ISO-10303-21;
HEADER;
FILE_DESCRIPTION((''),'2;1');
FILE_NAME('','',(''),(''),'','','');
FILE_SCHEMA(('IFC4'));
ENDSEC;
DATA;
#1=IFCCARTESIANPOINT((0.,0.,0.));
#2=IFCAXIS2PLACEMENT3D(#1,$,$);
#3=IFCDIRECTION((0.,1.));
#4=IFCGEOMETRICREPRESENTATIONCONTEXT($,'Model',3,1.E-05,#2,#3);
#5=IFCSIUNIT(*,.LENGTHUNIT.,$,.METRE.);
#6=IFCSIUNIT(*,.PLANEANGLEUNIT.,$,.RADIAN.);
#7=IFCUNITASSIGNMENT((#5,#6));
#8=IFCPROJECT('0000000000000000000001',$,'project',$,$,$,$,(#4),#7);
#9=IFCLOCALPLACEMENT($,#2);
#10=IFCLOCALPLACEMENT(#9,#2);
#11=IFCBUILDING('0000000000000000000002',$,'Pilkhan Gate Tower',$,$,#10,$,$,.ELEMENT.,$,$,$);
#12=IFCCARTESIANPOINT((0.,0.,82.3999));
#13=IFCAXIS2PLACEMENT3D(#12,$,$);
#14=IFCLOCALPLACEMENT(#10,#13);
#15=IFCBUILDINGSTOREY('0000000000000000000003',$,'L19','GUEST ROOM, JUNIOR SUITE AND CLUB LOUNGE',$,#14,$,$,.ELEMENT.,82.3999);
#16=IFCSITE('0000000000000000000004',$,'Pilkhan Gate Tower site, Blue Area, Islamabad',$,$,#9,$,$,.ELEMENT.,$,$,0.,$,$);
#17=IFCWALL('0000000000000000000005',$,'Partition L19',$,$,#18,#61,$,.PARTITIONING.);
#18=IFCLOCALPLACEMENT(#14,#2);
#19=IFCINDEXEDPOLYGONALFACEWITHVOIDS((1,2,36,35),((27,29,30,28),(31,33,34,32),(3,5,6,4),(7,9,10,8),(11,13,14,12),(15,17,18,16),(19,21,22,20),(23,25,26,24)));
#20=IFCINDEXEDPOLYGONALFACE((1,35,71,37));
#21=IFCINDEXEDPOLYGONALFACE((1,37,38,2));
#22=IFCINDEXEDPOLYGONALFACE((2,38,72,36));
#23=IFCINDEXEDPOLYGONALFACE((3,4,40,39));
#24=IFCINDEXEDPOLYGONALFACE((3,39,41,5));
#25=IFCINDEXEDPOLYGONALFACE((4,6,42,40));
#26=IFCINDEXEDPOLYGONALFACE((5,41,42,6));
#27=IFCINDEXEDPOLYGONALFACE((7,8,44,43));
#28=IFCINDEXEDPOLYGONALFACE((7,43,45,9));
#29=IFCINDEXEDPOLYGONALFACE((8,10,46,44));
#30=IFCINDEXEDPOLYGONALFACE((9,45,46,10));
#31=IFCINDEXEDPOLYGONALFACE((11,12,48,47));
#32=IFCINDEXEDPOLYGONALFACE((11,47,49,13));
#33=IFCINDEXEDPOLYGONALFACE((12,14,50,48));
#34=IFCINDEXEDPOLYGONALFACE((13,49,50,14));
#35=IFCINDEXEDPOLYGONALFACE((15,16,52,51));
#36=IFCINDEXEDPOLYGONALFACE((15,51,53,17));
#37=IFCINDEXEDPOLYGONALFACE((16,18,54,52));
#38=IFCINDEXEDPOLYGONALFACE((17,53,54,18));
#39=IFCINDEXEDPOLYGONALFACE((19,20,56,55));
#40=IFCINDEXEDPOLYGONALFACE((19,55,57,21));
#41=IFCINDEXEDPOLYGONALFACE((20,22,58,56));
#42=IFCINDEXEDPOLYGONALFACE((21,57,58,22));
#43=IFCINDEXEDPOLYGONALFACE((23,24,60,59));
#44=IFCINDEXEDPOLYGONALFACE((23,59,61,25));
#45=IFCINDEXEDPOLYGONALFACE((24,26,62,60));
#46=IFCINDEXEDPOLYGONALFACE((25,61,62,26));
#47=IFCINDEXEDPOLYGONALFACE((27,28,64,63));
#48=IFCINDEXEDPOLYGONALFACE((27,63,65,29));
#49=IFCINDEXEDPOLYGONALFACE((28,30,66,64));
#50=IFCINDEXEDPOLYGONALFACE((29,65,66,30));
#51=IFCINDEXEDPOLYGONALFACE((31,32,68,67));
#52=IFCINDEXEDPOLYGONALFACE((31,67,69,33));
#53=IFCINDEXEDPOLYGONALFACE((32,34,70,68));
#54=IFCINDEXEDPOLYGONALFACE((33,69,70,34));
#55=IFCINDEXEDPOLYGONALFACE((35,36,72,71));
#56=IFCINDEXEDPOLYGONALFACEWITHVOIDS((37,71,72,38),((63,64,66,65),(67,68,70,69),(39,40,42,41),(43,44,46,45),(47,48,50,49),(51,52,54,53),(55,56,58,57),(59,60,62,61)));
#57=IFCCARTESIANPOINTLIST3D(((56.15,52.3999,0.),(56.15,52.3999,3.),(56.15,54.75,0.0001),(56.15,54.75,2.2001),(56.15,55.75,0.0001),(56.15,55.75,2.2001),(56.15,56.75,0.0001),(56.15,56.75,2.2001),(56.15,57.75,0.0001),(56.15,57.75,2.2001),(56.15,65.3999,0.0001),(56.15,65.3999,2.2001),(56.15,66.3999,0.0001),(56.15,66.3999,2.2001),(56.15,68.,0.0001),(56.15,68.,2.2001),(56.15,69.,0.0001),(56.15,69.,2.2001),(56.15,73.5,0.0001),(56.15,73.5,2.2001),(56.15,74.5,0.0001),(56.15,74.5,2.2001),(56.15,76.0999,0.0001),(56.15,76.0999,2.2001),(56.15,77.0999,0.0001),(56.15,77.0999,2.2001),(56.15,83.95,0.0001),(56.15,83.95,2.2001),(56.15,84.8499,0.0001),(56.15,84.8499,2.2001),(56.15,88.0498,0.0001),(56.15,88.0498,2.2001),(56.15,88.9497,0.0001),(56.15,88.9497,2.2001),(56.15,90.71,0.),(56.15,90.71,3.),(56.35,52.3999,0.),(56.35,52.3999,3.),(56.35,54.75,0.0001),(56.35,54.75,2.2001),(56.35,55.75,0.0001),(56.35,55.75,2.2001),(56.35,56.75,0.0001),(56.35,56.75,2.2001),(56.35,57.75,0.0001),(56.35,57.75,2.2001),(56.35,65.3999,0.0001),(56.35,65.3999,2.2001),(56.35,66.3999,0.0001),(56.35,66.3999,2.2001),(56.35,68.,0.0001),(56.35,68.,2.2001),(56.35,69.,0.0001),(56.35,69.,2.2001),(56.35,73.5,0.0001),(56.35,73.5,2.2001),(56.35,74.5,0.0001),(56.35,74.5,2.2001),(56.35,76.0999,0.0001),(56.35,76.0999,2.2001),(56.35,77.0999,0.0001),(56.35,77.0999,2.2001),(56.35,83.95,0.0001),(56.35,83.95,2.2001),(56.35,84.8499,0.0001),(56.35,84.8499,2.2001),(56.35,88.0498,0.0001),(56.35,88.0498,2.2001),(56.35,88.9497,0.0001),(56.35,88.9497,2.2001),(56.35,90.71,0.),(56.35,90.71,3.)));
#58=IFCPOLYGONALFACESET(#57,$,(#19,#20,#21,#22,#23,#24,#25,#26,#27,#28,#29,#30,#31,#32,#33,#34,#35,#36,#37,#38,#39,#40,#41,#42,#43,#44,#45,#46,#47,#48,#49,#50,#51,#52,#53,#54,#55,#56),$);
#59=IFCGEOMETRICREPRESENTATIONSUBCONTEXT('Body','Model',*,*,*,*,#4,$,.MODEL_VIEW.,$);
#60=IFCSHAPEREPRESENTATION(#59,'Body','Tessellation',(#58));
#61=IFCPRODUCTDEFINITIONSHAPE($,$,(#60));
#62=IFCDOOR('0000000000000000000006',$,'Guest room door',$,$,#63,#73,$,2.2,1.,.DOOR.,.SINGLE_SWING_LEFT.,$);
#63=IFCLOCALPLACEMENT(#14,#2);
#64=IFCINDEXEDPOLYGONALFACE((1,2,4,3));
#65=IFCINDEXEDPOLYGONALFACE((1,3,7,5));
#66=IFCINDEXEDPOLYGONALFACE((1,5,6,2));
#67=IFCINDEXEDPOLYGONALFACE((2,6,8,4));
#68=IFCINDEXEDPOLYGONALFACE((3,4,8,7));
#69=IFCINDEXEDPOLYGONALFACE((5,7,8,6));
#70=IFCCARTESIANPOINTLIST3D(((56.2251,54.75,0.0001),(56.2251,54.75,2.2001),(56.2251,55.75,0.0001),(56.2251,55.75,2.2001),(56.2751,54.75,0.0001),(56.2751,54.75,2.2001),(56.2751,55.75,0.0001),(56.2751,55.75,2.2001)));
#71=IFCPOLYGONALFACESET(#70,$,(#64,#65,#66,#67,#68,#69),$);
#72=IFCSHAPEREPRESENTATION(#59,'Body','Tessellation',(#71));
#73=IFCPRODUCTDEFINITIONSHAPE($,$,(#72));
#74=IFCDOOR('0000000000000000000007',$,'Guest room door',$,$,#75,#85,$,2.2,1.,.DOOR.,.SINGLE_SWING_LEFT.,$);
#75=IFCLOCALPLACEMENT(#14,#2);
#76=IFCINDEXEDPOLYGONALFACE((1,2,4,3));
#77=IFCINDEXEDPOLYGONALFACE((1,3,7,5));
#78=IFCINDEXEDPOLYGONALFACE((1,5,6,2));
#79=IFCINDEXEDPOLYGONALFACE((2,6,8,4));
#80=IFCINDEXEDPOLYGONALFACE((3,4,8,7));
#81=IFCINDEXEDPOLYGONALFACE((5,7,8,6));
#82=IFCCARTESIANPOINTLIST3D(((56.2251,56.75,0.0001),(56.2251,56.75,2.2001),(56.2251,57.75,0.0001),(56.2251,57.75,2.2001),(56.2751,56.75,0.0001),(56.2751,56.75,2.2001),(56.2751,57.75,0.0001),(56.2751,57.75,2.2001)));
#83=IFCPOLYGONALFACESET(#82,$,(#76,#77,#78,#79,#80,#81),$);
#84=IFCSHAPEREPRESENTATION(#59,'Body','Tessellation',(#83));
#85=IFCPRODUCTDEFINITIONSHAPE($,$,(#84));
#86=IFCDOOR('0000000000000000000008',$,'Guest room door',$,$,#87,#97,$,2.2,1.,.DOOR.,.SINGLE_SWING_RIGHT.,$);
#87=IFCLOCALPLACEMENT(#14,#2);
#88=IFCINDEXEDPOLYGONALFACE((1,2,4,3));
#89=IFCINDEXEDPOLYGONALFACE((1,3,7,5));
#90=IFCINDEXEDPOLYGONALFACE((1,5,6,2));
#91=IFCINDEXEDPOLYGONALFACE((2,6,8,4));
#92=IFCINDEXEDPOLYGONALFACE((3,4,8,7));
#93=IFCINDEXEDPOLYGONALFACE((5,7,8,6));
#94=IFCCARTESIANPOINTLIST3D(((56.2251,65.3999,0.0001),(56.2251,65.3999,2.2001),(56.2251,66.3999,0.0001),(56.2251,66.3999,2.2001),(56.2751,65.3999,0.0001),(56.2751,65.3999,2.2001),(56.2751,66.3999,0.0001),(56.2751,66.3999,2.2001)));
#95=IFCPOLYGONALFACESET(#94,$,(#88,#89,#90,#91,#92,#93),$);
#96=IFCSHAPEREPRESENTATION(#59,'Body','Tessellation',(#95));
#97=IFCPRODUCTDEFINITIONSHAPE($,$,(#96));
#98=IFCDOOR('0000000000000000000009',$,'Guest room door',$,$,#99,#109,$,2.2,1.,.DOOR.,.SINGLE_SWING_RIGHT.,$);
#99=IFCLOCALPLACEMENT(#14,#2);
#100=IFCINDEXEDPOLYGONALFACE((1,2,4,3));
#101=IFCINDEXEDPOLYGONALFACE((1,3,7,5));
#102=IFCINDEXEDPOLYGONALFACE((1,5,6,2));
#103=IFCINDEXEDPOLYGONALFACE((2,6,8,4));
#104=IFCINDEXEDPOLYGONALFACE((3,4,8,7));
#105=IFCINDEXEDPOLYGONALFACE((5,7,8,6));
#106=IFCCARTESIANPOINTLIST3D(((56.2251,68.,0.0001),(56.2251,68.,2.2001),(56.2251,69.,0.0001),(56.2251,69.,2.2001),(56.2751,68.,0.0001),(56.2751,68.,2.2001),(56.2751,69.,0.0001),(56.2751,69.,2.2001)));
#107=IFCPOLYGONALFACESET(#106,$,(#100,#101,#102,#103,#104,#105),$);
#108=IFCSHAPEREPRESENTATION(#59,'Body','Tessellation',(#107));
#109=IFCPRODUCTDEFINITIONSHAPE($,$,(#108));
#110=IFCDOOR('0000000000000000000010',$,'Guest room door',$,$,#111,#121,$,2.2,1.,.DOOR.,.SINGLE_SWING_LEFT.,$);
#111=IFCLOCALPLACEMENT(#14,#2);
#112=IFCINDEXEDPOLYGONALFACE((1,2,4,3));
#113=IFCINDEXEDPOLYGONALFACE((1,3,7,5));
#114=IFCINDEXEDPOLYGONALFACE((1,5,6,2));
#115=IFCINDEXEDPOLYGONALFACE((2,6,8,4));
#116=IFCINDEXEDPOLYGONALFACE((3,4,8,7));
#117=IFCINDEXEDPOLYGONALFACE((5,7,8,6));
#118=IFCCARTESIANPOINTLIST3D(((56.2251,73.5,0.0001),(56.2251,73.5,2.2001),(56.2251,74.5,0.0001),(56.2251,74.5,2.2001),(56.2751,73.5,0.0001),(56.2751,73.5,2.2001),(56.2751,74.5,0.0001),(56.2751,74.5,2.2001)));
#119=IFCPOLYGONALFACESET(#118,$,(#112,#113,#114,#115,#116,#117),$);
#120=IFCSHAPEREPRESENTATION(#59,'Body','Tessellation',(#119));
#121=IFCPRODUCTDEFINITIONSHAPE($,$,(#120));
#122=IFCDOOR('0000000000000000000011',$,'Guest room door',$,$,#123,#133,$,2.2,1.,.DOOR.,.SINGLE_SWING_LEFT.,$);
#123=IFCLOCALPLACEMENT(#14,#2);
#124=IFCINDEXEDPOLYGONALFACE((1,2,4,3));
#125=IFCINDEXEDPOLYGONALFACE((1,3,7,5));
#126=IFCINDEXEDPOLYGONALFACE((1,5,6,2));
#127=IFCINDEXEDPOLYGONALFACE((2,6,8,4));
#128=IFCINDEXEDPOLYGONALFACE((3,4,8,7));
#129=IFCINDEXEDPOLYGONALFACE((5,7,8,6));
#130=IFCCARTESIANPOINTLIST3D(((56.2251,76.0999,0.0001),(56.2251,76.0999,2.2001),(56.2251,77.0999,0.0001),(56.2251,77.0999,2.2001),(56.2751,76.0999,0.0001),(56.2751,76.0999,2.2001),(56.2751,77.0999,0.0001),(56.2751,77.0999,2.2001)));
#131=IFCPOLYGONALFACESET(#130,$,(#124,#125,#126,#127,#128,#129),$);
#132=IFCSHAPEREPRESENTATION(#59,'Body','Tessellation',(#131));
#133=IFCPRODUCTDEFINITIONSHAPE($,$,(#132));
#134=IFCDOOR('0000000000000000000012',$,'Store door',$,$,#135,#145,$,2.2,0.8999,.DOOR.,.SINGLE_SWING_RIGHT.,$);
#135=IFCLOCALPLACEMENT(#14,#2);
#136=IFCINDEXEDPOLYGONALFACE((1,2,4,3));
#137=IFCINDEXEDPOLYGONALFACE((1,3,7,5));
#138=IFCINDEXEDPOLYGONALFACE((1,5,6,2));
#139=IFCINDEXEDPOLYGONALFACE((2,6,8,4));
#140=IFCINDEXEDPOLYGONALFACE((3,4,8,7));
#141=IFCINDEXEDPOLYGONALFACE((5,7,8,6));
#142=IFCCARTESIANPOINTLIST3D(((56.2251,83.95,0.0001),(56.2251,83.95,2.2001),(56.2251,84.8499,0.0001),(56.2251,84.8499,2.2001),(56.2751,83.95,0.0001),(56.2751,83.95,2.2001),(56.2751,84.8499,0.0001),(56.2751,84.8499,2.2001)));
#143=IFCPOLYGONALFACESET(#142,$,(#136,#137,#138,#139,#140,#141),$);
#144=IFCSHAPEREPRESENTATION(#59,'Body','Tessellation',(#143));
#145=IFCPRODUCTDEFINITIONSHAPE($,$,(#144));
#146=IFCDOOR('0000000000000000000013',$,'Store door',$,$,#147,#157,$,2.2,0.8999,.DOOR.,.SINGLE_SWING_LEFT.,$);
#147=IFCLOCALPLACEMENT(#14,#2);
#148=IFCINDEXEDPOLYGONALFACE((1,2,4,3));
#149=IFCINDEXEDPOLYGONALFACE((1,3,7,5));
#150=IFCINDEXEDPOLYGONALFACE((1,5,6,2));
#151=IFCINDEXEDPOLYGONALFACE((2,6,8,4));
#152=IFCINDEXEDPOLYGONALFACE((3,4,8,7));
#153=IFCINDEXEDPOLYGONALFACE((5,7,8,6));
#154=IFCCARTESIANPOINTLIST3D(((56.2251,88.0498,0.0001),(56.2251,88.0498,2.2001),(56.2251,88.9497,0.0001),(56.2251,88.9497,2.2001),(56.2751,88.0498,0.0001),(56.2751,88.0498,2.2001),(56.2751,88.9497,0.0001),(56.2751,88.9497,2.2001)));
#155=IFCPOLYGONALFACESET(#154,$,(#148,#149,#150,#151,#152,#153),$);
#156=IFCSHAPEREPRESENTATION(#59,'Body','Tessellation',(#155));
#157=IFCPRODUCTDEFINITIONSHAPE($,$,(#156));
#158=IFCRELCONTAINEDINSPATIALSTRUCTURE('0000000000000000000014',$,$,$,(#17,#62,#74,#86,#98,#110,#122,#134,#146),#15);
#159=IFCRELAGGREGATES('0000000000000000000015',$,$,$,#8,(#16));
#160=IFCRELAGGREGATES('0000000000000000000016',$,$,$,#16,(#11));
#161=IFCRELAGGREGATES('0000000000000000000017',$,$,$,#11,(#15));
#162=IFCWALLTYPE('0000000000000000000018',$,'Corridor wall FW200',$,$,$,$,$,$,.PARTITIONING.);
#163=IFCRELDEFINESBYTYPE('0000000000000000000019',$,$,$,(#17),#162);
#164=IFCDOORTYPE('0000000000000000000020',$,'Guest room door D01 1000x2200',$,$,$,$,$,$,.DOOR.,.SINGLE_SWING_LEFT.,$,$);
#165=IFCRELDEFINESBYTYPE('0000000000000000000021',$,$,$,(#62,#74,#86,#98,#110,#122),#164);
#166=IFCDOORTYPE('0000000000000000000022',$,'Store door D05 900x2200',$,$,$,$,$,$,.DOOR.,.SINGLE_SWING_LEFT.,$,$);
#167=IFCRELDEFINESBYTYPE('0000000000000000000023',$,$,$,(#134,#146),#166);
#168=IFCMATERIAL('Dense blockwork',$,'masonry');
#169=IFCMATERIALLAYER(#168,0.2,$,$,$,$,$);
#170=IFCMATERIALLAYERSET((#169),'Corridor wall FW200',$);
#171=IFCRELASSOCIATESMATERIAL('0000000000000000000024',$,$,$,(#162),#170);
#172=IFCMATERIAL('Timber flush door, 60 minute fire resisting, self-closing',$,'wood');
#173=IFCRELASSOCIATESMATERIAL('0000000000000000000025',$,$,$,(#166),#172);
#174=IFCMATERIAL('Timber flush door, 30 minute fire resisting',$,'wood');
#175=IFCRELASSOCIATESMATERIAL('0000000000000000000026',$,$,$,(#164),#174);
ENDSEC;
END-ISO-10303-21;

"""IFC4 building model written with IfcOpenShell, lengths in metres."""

from ifc_helpers import new_model, si_unit, direction, frame, frame_2d, origin, place, context, subcontext, project, spatial, rectangle, extrude, material, layer, layer_set, type_object, element, fill, save


model = new_model("IFC4")

# Units and contexts
model_context = context("Model", 3, precision=1e-05, world=origin(), true_north=direction((0.0, 1.0)))
body_context = subcontext(model_context, "Body", "Model", "MODEL_VIEW")
ifc_project = project(units=[si_unit("LENGTHUNIT", "METRE"), si_unit("PLANEANGLEUNIT", "RADIAN")], contexts=[model_context])

# Site, building, storey
site_placement = place(None, origin())
site = spatial("IfcSite", under=ifc_project, at=site_placement, Name="Pilkhan Gate Tower site, Blue Area, Islamabad", CompositionType="ELEMENT", RefElevation=0.0)
building_placement = place(site_placement, origin())
building = spatial("IfcBuilding", under=site, at=building_placement, Name="Pilkhan Gate Tower", CompositionType="ELEMENT")
storey_placement = place(building_placement, frame((0.0, 0.0, 82.3999)))
storey = spatial("IfcBuildingStorey", under=building, at=storey_placement, Name="L19", Description="GUEST ROOM, JUNIOR SUITE AND CLUB LOUNGE", CompositionType="ELEMENT", Elevation=82.3999)

# Wall, openings, doors
ifc_material_1 = material(Name="Dense blockwork", Category="masonry")
ifc_layer_1 = layer(ifc_material_1, 0.2)
ifc_layer_set_1 = layer_set([ifc_layer_1], Name="Corridor wall FW200")
wall_type = type_object("IfcWallType", Name="Corridor wall FW200", PredefinedType="PARTITIONING", material=ifc_layer_set_1)
ifc_material_2 = material(Name="Timber flush door, 60 minute fire resisting, self-closing", Category="wood")
door_type_1 = type_object("IfcDoorType", Name="Store door D05 900x2200", OperationType="SINGLE_SWING_LEFT", PredefinedType="DOOR", material=ifc_material_2)
wall_1_placement = place(storey_placement, frame((56.25, 52.3999, 0.0), z_axis=(0.0, 0.0, 1.0), x_axis=(0.0, 1.0, 0.0)))
wall_1 = element("IfcWall", 1, at=wall_1_placement, inside=storey, type_object=wall_type, Name="Partition L19", PredefinedType="PARTITIONING", context=body_context, shape_type="SweptSolid", body=[
    extrude(rectangle(XDim=38.3101, YDim=0.2, at=frame_2d((19.155, 0.0))), origin(), (0.0, 0.0, 1.0), 3.0),
])
opening_1_placement = place(wall_1_placement, frame((2.3501, 0.0, 0.0)))
opening_1 = element("IfcOpeningElement", 2, at=opening_1_placement, cuts=wall_1, PredefinedType="OPENING", context=body_context, shape_type="SweptSolid", body=[
    extrude(rectangle(XDim=1.0, YDim=2.2, at=frame_2d((0.5, 1.1001))), frame((0.0, 0.1099, 0.0), z_axis=(0.0, -1.0, 0.0), x_axis=(1.0, 0.0, 0.0)), (0.0, 0.0, 1.0), 0.22),
])
opening_2_placement = place(wall_1_placement, frame((4.3501, 0.0, 0.0)))
opening_2 = element("IfcOpeningElement", 3, at=opening_2_placement, cuts=wall_1, PredefinedType="OPENING", context=body_context, shape_type="SweptSolid", body=[
    extrude(rectangle(XDim=1.0, YDim=2.2, at=frame_2d((0.5, 1.1001))), frame((0.0, 0.1099, 0.0), z_axis=(0.0, -1.0, 0.0), x_axis=(1.0, 0.0, 0.0)), (0.0, 0.0, 1.0), 0.22),
])
opening_3_placement = place(wall_1_placement, frame((13.0, 0.0, 0.0)))
opening_3 = element("IfcOpeningElement", 4, at=opening_3_placement, cuts=wall_1, PredefinedType="OPENING", context=body_context, shape_type="SweptSolid", body=[
    extrude(rectangle(XDim=1.0, YDim=2.2, at=frame_2d((0.5, 1.1001))), frame((0.0, 0.1099, 0.0), z_axis=(0.0, -1.0, 0.0), x_axis=(1.0, 0.0, 0.0)), (0.0, 0.0, 1.0), 0.22),
])
opening_4_placement = place(wall_1_placement, frame((15.6001, 0.0, 0.0)))
opening_4 = element("IfcOpeningElement", 5, at=opening_4_placement, cuts=wall_1, PredefinedType="OPENING", context=body_context, shape_type="SweptSolid", body=[
    extrude(rectangle(XDim=1.0, YDim=2.2, at=frame_2d((0.5, 1.1001))), frame((0.0, 0.1099, 0.0), z_axis=(0.0, -1.0, 0.0), x_axis=(1.0, 0.0, 0.0)), (0.0, 0.0, 1.0), 0.22),
])
opening_5_placement = place(wall_1_placement, frame((21.1001, 0.0, 0.0)))
opening_5 = element("IfcOpeningElement", 6, at=opening_5_placement, cuts=wall_1, PredefinedType="OPENING", context=body_context, shape_type="SweptSolid", body=[
    extrude(rectangle(XDim=1.0, YDim=2.2, at=frame_2d((0.5, 1.1001))), frame((0.0, 0.1099, 0.0), z_axis=(0.0, -1.0, 0.0), x_axis=(1.0, 0.0, 0.0)), (0.0, 0.0, 1.0), 0.22),
])
opening_6_placement = place(wall_1_placement, frame((23.7, 0.0, 0.0)))
opening_6 = element("IfcOpeningElement", 7, at=opening_6_placement, cuts=wall_1, PredefinedType="OPENING", context=body_context, shape_type="SweptSolid", body=[
    extrude(rectangle(XDim=1.0, YDim=2.2, at=frame_2d((0.5, 1.1001))), frame((0.0, 0.1099, 0.0), z_axis=(0.0, -1.0, 0.0), x_axis=(1.0, 0.0, 0.0)), (0.0, 0.0, 1.0), 0.22),
])
opening_7_placement = place(wall_1_placement, frame((31.55, 0.0, 0.0)))
opening_7 = element("IfcOpeningElement", 8, at=opening_7_placement, cuts=wall_1, PredefinedType="OPENING", context=body_context, shape_type="SweptSolid", body=[
    extrude(rectangle(XDim=0.8999, YDim=2.2, at=frame_2d((0.45, 1.1001))), frame((0.0, 0.1099, 0.0), z_axis=(0.0, -1.0, 0.0), x_axis=(1.0, 0.0, 0.0)), (0.0, 0.0, 1.0), 0.22),
])
opening_8_placement = place(wall_1_placement, frame((35.6499, 0.0, 0.0)))
opening_8 = element("IfcOpeningElement", 9, at=opening_8_placement, cuts=wall_1, PredefinedType="OPENING", context=body_context, shape_type="SweptSolid", body=[
    extrude(rectangle(XDim=0.8999, YDim=2.2, at=frame_2d((0.45, 1.1001))), frame((0.0, 0.1099, 0.0), z_axis=(0.0, -1.0, 0.0), x_axis=(1.0, 0.0, 0.0)), (0.0, 0.0, 1.0), 0.22),
])
ifc_material_3 = material(Name="Timber flush door, 30 minute fire resisting", Category="wood")
door_type_2 = type_object("IfcDoorType", Name="Guest room door D01 1000x2200", OperationType="SINGLE_SWING_LEFT", PredefinedType="DOOR", material=ifc_material_3)
door_1_placement = place(opening_1_placement, origin())
door_1 = element("IfcDoor", 10, at=door_1_placement, inside=storey, type_object=door_type_2, Name="Guest room door", OperationType="SINGLE_SWING_LEFT", OverallHeight=2.2, OverallWidth=1.0, PredefinedType="DOOR", context=body_context, shape_type="SweptSolid", body=[
    extrude(rectangle(XDim=1.0, YDim=2.2, at=frame_2d((0.5, 1.1001))), frame((0.0, 0.0249, 0.0), z_axis=(0.0, -1.0, 0.0), x_axis=(1.0, 0.0, 0.0)), (0.0, 0.0, 1.0), 0.05),
])
fill(opening_1, door_1)
door_2_placement = place(opening_2_placement, origin())
door_2 = element("IfcDoor", 11, at=door_2_placement, inside=storey, type_object=door_type_2, Name="Guest room door", OperationType="SINGLE_SWING_LEFT", OverallHeight=2.2, OverallWidth=1.0, PredefinedType="DOOR", context=body_context, shape_type="SweptSolid", body=[
    extrude(rectangle(XDim=1.0, YDim=2.2, at=frame_2d((0.5, 1.1001))), frame((0.0, 0.0249, 0.0), z_axis=(0.0, -1.0, 0.0), x_axis=(1.0, 0.0, 0.0)), (0.0, 0.0, 1.0), 0.05),
])
fill(opening_2, door_2)
door_3_placement = place(opening_3_placement, origin())
door_3 = element("IfcDoor", 12, at=door_3_placement, inside=storey, type_object=door_type_2, Name="Guest room door", OperationType="SINGLE_SWING_RIGHT", OverallHeight=2.2, OverallWidth=1.0, PredefinedType="DOOR", context=body_context, shape_type="SweptSolid", body=[
    extrude(rectangle(XDim=1.0, YDim=2.2, at=frame_2d((0.5, 1.1001))), frame((0.0, 0.0249, 0.0), z_axis=(0.0, -1.0, 0.0), x_axis=(1.0, 0.0, 0.0)), (0.0, 0.0, 1.0), 0.05),
])
fill(opening_3, door_3)
door_4_placement = place(opening_4_placement, origin())
door_4 = element("IfcDoor", 13, at=door_4_placement, inside=storey, type_object=door_type_2, Name="Guest room door", OperationType="SINGLE_SWING_RIGHT", OverallHeight=2.2, OverallWidth=1.0, PredefinedType="DOOR", context=body_context, shape_type="SweptSolid", body=[
    extrude(rectangle(XDim=1.0, YDim=2.2, at=frame_2d((0.5, 1.1001))), frame((0.0, 0.0249, 0.0), z_axis=(0.0, -1.0, 0.0), x_axis=(1.0, 0.0, 0.0)), (0.0, 0.0, 1.0), 0.05),
])
fill(opening_4, door_4)
door_5_placement = place(opening_5_placement, origin())
door_5 = element("IfcDoor", 14, at=door_5_placement, inside=storey, type_object=door_type_2, Name="Guest room door", OperationType="SINGLE_SWING_LEFT", OverallHeight=2.2, OverallWidth=1.0, PredefinedType="DOOR", context=body_context, shape_type="SweptSolid", body=[
    extrude(rectangle(XDim=1.0, YDim=2.2, at=frame_2d((0.5, 1.1001))), frame((0.0, 0.0249, 0.0), z_axis=(0.0, -1.0, 0.0), x_axis=(1.0, 0.0, 0.0)), (0.0, 0.0, 1.0), 0.05),
])
fill(opening_5, door_5)
door_6_placement = place(opening_6_placement, origin())
door_6 = element("IfcDoor", 15, at=door_6_placement, inside=storey, type_object=door_type_2, Name="Guest room door", OperationType="SINGLE_SWING_LEFT", OverallHeight=2.2, OverallWidth=1.0, PredefinedType="DOOR", context=body_context, shape_type="SweptSolid", body=[
    extrude(rectangle(XDim=1.0, YDim=2.2, at=frame_2d((0.5, 1.1001))), frame((0.0, 0.0249, 0.0), z_axis=(0.0, -1.0, 0.0), x_axis=(1.0, 0.0, 0.0)), (0.0, 0.0, 1.0), 0.05),
])
fill(opening_6, door_6)
door_7_placement = place(opening_7_placement, origin())
door_7 = element("IfcDoor", 16, at=door_7_placement, inside=storey, type_object=door_type_1, Name="Store door", OperationType="SINGLE_SWING_RIGHT", OverallHeight=2.2, OverallWidth=0.8999, PredefinedType="DOOR", context=body_context, shape_type="SweptSolid", body=[
    extrude(rectangle(XDim=0.8999, YDim=2.2, at=frame_2d((0.45, 1.1001))), frame((0.0, 0.0249, 0.0), z_axis=(0.0, -1.0, 0.0), x_axis=(1.0, 0.0, 0.0)), (0.0, 0.0, 1.0), 0.05),
])
fill(opening_7, door_7)
door_8_placement = place(opening_8_placement, origin())
door_8 = element("IfcDoor", 17, at=door_8_placement, inside=storey, type_object=door_type_1, Name="Store door", OperationType="SINGLE_SWING_LEFT", OverallHeight=2.2, OverallWidth=0.8999, PredefinedType="DOOR", context=body_context, shape_type="SweptSolid", body=[
    extrude(rectangle(XDim=0.8999, YDim=2.2, at=frame_2d((0.45, 1.1001))), frame((0.0, 0.0249, 0.0), z_axis=(0.0, -1.0, 0.0), x_axis=(1.0, 0.0, 0.0)), (0.0, 0.0, 1.0), 0.05),
])
fill(opening_8, door_8)

save(model, "model.ifc")
